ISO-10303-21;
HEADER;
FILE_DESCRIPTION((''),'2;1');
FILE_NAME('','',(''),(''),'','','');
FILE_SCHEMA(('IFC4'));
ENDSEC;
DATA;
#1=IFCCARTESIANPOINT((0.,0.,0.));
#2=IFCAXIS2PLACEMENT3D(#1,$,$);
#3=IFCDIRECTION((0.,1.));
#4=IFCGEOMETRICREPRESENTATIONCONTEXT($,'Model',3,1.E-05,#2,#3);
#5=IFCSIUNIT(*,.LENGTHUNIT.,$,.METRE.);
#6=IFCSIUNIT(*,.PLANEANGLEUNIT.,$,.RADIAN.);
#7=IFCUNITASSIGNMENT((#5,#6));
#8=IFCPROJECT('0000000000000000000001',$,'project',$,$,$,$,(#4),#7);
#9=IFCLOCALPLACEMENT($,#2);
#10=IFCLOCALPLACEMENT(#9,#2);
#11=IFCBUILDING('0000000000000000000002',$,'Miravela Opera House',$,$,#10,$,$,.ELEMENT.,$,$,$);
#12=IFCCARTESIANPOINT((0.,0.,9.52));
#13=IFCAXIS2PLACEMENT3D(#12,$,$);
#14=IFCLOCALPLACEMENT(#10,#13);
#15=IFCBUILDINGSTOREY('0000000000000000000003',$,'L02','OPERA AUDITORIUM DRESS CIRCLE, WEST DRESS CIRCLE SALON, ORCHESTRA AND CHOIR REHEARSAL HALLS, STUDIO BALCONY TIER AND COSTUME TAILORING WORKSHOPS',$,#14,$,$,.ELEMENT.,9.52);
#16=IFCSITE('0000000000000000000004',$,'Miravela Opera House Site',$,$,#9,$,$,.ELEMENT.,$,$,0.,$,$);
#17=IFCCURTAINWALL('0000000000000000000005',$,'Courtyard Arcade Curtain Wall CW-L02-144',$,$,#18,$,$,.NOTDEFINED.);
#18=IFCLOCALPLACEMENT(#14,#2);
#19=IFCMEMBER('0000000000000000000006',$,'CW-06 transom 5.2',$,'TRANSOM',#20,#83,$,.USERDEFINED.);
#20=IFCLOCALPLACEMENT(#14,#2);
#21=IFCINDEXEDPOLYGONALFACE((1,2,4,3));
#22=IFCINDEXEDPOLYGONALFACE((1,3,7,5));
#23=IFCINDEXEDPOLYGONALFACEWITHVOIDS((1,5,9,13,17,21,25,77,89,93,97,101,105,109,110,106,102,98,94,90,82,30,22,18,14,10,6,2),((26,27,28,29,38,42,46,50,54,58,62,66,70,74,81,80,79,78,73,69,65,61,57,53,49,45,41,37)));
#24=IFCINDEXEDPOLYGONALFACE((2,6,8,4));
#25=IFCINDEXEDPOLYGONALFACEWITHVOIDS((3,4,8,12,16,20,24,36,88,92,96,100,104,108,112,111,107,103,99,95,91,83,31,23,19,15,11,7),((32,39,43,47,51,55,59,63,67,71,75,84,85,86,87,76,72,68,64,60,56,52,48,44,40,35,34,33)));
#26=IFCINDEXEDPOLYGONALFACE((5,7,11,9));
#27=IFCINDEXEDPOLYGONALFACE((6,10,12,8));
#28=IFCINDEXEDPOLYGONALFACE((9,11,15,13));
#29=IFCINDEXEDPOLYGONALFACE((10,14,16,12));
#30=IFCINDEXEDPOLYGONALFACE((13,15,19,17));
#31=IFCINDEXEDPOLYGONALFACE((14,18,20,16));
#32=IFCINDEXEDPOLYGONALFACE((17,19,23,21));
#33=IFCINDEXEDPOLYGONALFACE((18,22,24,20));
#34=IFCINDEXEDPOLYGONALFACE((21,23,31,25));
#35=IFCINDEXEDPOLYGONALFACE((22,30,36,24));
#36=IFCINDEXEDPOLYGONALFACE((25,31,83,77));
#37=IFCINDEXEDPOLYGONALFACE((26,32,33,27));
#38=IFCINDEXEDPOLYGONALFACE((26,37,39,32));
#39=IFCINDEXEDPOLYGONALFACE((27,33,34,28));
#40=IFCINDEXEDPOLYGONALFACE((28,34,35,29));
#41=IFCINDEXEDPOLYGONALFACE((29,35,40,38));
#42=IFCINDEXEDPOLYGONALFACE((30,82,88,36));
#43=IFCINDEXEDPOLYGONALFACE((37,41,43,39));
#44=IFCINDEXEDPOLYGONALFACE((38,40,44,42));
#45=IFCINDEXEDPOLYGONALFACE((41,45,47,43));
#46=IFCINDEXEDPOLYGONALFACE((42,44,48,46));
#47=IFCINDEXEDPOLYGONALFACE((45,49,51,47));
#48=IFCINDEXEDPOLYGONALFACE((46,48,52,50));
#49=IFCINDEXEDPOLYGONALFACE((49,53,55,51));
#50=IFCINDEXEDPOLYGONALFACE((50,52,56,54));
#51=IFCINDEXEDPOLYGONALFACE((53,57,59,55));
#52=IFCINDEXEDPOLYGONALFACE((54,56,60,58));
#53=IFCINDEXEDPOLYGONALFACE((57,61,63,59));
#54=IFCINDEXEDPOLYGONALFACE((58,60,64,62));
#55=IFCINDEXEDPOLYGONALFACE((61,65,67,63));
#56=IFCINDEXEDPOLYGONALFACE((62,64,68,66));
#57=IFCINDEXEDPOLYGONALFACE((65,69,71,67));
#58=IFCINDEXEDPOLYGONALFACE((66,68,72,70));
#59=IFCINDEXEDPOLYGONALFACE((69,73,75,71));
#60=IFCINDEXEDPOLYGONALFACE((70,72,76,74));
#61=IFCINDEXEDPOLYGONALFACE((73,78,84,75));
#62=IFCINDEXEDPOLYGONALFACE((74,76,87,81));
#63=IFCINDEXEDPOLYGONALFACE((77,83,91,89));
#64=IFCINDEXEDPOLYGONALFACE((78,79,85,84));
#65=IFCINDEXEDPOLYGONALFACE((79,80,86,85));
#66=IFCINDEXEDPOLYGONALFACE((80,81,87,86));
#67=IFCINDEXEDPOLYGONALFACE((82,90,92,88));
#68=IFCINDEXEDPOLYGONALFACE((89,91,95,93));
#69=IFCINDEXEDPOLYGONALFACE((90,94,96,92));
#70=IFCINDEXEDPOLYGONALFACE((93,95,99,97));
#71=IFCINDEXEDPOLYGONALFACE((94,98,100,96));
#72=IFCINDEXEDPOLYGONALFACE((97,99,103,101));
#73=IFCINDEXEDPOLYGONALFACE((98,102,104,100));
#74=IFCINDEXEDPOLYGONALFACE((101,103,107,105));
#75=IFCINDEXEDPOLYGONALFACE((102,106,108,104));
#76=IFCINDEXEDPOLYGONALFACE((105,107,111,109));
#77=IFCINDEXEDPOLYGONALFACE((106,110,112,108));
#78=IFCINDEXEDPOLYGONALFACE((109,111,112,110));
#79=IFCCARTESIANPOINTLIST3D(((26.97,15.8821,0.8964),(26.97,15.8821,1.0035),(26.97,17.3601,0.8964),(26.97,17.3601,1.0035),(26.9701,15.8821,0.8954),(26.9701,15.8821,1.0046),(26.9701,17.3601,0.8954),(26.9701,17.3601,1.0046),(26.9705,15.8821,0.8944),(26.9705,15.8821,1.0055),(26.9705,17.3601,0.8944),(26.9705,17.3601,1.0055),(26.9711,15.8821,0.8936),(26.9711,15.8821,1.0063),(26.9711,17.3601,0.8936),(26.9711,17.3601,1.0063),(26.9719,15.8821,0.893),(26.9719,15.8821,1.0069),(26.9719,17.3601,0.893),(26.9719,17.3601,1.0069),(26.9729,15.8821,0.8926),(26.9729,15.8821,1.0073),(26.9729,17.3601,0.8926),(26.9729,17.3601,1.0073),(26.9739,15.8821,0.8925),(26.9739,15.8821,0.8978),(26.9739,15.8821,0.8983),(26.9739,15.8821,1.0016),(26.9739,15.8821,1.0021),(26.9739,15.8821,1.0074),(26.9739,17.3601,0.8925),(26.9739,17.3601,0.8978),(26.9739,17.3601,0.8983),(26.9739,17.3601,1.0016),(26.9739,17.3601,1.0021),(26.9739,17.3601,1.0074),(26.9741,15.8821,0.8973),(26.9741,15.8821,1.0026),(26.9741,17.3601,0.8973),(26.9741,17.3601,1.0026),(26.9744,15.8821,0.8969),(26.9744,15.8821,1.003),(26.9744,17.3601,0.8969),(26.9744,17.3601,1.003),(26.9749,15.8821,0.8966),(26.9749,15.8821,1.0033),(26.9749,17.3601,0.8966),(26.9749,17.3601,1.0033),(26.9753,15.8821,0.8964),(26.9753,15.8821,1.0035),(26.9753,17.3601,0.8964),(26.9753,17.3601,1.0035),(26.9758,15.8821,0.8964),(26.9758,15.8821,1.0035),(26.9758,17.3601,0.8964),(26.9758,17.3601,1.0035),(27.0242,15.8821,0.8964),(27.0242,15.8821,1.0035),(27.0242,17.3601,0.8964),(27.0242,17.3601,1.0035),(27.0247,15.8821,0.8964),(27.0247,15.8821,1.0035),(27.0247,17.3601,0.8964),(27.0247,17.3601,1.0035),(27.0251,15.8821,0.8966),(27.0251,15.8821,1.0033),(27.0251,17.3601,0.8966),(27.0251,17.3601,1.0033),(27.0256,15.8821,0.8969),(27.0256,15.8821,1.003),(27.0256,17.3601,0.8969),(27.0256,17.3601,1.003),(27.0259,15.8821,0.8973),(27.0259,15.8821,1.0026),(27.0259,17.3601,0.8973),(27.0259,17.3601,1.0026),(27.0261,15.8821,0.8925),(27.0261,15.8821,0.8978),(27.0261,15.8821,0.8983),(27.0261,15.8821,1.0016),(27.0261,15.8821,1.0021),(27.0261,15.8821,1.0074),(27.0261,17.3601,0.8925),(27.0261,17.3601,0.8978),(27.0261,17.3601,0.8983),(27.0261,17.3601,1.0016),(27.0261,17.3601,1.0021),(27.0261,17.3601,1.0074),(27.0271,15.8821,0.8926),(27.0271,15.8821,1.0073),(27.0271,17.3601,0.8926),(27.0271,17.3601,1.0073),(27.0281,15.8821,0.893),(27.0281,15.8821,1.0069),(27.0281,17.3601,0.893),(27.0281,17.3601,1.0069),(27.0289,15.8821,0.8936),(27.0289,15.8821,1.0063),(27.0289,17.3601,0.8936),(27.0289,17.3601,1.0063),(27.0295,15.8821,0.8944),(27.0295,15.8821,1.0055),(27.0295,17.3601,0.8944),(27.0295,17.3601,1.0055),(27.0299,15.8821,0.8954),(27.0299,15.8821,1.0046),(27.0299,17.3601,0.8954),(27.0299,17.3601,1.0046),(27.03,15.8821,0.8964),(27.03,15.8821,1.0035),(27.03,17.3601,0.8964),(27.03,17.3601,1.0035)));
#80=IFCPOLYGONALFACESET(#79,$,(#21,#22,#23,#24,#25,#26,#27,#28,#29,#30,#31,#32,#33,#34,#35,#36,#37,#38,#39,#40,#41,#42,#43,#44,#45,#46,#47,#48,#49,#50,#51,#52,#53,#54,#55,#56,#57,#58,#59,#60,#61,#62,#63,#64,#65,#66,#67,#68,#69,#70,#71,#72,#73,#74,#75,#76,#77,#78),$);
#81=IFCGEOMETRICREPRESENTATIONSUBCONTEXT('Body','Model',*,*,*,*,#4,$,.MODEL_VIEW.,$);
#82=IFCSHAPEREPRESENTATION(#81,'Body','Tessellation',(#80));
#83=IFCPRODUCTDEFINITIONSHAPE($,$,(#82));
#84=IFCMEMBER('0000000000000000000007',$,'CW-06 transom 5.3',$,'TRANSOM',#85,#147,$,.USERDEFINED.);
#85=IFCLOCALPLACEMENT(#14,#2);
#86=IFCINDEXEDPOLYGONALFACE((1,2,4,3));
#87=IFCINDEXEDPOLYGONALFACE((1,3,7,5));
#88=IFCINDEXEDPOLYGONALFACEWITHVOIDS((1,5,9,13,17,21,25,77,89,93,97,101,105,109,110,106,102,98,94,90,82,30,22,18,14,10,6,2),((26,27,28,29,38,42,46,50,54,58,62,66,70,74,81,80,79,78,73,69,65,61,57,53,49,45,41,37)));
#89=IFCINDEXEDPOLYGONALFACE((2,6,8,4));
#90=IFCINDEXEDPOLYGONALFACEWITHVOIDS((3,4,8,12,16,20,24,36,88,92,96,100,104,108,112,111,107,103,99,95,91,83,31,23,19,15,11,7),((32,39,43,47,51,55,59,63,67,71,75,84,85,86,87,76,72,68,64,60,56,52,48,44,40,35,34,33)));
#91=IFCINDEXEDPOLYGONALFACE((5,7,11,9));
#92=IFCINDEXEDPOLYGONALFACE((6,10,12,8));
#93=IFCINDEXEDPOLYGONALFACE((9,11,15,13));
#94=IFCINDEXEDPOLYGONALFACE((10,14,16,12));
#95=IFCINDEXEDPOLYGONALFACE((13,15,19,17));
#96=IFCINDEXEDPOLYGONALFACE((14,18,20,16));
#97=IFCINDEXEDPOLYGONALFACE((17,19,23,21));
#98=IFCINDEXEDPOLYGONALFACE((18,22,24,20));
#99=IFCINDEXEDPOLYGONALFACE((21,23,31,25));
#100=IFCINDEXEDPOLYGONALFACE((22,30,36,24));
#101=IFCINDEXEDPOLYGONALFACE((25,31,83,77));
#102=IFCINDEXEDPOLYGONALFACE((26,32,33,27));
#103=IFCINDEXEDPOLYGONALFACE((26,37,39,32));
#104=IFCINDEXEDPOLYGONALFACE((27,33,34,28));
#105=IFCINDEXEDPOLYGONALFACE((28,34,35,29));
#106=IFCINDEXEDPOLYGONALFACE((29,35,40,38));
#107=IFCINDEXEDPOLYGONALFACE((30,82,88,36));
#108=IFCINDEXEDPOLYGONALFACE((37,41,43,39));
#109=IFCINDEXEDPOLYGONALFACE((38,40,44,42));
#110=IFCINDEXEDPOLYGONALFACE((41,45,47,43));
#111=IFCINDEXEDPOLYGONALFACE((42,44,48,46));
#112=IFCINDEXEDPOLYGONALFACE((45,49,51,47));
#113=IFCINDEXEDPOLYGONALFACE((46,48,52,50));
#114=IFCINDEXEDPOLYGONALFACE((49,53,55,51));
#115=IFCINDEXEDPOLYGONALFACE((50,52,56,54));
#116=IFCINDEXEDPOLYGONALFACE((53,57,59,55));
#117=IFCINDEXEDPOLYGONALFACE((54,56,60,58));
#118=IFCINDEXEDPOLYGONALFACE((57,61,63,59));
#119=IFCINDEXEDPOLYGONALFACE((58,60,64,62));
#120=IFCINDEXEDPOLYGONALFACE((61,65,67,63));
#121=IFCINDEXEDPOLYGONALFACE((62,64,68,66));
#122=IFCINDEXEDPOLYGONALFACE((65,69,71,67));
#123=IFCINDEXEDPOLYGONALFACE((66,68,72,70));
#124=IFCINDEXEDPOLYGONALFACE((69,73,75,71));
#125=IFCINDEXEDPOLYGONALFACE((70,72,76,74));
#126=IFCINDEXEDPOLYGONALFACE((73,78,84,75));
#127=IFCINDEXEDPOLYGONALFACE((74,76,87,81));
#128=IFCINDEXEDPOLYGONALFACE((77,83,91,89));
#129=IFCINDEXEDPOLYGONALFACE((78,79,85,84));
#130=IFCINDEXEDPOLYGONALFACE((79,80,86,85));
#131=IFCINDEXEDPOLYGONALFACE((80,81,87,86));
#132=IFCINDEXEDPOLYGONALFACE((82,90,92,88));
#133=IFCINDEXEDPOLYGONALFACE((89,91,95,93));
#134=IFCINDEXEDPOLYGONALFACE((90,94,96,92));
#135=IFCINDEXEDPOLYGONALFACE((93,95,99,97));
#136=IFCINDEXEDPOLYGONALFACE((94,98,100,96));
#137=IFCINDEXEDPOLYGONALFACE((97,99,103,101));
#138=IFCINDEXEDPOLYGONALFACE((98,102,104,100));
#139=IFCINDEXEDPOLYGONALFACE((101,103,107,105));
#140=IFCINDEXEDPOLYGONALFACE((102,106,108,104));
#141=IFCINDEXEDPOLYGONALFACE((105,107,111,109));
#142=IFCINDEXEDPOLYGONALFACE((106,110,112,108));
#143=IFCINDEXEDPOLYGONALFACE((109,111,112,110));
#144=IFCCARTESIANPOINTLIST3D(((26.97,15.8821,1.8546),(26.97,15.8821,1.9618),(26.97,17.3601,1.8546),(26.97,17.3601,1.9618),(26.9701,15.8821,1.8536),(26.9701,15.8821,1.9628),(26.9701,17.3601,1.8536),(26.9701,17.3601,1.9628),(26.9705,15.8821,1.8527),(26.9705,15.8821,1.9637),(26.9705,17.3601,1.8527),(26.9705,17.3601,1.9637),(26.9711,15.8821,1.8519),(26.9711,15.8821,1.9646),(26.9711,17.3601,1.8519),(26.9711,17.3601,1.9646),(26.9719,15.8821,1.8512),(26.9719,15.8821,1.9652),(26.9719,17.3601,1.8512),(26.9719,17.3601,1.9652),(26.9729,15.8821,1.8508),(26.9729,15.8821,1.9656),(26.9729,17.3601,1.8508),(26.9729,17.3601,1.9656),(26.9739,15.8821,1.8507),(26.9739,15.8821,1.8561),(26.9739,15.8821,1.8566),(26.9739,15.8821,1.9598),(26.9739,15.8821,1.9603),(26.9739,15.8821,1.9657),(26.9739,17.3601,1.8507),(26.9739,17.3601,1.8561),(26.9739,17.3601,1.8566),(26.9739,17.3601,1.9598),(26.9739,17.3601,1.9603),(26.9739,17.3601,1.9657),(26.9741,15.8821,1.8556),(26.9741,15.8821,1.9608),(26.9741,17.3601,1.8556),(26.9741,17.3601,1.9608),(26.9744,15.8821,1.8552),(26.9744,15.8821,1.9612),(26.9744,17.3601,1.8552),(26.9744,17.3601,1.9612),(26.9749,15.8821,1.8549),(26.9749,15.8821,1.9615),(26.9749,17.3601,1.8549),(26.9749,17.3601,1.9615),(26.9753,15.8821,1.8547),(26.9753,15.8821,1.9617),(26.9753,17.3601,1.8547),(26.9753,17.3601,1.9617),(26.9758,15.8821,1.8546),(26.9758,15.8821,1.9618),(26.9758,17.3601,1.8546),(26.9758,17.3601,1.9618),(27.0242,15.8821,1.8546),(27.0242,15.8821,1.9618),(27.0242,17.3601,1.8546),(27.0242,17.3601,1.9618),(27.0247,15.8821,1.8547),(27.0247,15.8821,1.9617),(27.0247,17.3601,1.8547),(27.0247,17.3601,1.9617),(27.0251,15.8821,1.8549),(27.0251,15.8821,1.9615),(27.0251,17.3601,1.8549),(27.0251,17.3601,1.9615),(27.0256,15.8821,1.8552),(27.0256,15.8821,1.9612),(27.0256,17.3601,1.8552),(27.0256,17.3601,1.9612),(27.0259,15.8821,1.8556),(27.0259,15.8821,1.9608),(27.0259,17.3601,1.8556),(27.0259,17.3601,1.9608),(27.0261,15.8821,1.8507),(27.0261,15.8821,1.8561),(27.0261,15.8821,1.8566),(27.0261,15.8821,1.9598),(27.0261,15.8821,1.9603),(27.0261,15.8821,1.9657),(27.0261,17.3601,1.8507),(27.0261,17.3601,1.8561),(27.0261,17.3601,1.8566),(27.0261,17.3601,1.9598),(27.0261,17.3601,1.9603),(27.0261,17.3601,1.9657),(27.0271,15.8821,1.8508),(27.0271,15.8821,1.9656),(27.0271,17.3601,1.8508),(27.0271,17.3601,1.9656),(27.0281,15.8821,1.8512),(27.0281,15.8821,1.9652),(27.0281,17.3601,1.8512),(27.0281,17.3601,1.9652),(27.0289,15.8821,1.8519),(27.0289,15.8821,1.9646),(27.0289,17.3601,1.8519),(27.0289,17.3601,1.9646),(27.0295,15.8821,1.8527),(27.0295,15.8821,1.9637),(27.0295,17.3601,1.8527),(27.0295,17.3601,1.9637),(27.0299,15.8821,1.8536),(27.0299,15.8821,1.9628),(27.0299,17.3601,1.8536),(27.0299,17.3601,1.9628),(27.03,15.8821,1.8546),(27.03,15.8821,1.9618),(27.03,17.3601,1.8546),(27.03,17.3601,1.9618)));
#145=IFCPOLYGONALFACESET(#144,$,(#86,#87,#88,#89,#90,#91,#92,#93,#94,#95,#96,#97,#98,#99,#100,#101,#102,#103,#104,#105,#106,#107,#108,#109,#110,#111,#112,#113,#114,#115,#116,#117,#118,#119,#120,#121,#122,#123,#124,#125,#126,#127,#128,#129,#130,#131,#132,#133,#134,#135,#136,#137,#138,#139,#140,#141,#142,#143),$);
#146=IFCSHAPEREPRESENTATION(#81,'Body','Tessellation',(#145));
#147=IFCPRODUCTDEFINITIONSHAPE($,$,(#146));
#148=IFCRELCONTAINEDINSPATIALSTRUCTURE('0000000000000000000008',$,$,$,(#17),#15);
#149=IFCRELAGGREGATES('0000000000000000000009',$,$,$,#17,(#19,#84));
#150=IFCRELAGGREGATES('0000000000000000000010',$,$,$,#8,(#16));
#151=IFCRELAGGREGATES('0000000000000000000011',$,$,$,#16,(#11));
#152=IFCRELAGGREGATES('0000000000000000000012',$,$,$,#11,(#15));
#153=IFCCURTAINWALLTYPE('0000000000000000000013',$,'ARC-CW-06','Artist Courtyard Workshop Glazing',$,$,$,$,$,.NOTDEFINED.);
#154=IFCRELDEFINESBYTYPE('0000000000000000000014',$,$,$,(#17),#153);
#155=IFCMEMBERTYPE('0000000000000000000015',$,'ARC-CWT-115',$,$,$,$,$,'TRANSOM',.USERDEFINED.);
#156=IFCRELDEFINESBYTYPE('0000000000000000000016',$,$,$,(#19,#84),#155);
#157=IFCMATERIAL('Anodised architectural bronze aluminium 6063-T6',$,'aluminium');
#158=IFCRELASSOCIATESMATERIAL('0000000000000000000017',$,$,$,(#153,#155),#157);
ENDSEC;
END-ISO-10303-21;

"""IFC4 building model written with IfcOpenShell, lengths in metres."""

from ifc_helpers import new_model, si_unit, direction, frame, origin, origin_2d, place, context, subcontext, project, spatial, hollow_rectangle, extrude, material, material_profile, profile_set, type_object, element, aggregate, save


model = new_model("IFC4")

# Units and contexts
model_context = context("Model", 3, precision=1e-05, world=origin(), true_north=direction((0.0, 1.0)))
body_context = subcontext(model_context, "Body", "Model", "MODEL_VIEW")
ifc_project = project(units=[si_unit("LENGTHUNIT", "METRE"), si_unit("PLANEANGLEUNIT", "RADIAN")], contexts=[model_context])

# Site, building, storey
site_placement = place(None, origin())
site = spatial("IfcSite", under=ifc_project, at=site_placement, Name="Miravela Opera House Site", CompositionType="ELEMENT", RefElevation=0.0)
building_placement = place(site_placement, origin())
building = spatial("IfcBuilding", under=site, at=building_placement, Name="Miravela Opera House", CompositionType="ELEMENT")
storey_placement = place(building_placement, frame((0.0, 0.0, 9.52)))
storey = spatial("IfcBuildingStorey", under=building, at=storey_placement, Name="L02", Description="OPERA AUDITORIUM DRESS CIRCLE, WEST DRESS CIRCLE SALON, ORCHESTRA AND CHOIR REHEARSAL HALLS, STUDIO BALCONY TIER AND COSTUME TAILORING WORKSHOPS", CompositionType="ELEMENT", Elevation=9.52)

# Curtain wall
ifc_material_1 = material(Name="Anodised architectural bronze aluminium 6063-T6", Category="aluminium")
curtain_wall_type = type_object("IfcCurtainWallType", Name="ARC-CW-06", Description="Artist Courtyard Workshop Glazing", PredefinedType="NOTDEFINED", material=ifc_material_1)
curtain_wall_1_placement = place(storey_placement, origin())
curtain_wall_1 = element("IfcCurtainWall", 1, at=curtain_wall_1_placement, inside=storey, type_object=curtain_wall_type, Name="Courtyard Arcade Curtain Wall CW-L02-144", PredefinedType="NOTDEFINED")

# Members
ifc_material_profile_1 = material_profile(ifc_material_1, hollow_rectangle(XDim=0.0601, YDim=0.115, WallThickness=0.0039, InnerFilletRadius=0.002, OuterFilletRadius=0.0039, at=origin_2d()), Name="CWT-60X115")
ifc_profile_set_1 = profile_set([ifc_material_profile_1])
member_type_1 = type_object("IfcMemberType", Name="ARC-CWT-115", ElementType="TRANSOM", PredefinedType="USERDEFINED", material=ifc_profile_set_1)
member_1_placement = place(storey_placement, frame((27.0, 15.8821, 0.95), z_axis=(0.0, 1.0, 0.0), x_axis=(-1.0, 0.0, 0.0)))
member_1 = element("IfcMember", 2, at=member_1_placement, type_object=member_type_1, Name="CW-06 transom 5.2", ObjectType="TRANSOM", PredefinedType="USERDEFINED", context=body_context, shape_type="SweptSolid", body=[
    extrude(hollow_rectangle(XDim=0.0601, YDim=0.115, WallThickness=0.0039, InnerFilletRadius=0.002, OuterFilletRadius=0.0039, at=origin_2d()), origin(), (0.0, 0.0, 1.0), 1.478),
])
member_2_placement = place(storey_placement, frame((27.0, 15.8821, 1.9082), z_axis=(0.0, 1.0, 0.0), x_axis=(-1.0, 0.0, 0.0)))
member_2 = element("IfcMember", 3, at=member_2_placement, type_object=member_type_1, Name="CW-06 transom 5.3", ObjectType="TRANSOM", PredefinedType="USERDEFINED", context=body_context, shape_type="SweptSolid", body=[
    extrude(hollow_rectangle(XDim=0.0601, YDim=0.115, WallThickness=0.0039, InnerFilletRadius=0.002, OuterFilletRadius=0.0039, at=origin_2d()), origin(), (0.0, 0.0, 1.0), 1.478),
])

aggregate(curtain_wall_1, [member_1, member_2])

save(model, "model.ifc")
